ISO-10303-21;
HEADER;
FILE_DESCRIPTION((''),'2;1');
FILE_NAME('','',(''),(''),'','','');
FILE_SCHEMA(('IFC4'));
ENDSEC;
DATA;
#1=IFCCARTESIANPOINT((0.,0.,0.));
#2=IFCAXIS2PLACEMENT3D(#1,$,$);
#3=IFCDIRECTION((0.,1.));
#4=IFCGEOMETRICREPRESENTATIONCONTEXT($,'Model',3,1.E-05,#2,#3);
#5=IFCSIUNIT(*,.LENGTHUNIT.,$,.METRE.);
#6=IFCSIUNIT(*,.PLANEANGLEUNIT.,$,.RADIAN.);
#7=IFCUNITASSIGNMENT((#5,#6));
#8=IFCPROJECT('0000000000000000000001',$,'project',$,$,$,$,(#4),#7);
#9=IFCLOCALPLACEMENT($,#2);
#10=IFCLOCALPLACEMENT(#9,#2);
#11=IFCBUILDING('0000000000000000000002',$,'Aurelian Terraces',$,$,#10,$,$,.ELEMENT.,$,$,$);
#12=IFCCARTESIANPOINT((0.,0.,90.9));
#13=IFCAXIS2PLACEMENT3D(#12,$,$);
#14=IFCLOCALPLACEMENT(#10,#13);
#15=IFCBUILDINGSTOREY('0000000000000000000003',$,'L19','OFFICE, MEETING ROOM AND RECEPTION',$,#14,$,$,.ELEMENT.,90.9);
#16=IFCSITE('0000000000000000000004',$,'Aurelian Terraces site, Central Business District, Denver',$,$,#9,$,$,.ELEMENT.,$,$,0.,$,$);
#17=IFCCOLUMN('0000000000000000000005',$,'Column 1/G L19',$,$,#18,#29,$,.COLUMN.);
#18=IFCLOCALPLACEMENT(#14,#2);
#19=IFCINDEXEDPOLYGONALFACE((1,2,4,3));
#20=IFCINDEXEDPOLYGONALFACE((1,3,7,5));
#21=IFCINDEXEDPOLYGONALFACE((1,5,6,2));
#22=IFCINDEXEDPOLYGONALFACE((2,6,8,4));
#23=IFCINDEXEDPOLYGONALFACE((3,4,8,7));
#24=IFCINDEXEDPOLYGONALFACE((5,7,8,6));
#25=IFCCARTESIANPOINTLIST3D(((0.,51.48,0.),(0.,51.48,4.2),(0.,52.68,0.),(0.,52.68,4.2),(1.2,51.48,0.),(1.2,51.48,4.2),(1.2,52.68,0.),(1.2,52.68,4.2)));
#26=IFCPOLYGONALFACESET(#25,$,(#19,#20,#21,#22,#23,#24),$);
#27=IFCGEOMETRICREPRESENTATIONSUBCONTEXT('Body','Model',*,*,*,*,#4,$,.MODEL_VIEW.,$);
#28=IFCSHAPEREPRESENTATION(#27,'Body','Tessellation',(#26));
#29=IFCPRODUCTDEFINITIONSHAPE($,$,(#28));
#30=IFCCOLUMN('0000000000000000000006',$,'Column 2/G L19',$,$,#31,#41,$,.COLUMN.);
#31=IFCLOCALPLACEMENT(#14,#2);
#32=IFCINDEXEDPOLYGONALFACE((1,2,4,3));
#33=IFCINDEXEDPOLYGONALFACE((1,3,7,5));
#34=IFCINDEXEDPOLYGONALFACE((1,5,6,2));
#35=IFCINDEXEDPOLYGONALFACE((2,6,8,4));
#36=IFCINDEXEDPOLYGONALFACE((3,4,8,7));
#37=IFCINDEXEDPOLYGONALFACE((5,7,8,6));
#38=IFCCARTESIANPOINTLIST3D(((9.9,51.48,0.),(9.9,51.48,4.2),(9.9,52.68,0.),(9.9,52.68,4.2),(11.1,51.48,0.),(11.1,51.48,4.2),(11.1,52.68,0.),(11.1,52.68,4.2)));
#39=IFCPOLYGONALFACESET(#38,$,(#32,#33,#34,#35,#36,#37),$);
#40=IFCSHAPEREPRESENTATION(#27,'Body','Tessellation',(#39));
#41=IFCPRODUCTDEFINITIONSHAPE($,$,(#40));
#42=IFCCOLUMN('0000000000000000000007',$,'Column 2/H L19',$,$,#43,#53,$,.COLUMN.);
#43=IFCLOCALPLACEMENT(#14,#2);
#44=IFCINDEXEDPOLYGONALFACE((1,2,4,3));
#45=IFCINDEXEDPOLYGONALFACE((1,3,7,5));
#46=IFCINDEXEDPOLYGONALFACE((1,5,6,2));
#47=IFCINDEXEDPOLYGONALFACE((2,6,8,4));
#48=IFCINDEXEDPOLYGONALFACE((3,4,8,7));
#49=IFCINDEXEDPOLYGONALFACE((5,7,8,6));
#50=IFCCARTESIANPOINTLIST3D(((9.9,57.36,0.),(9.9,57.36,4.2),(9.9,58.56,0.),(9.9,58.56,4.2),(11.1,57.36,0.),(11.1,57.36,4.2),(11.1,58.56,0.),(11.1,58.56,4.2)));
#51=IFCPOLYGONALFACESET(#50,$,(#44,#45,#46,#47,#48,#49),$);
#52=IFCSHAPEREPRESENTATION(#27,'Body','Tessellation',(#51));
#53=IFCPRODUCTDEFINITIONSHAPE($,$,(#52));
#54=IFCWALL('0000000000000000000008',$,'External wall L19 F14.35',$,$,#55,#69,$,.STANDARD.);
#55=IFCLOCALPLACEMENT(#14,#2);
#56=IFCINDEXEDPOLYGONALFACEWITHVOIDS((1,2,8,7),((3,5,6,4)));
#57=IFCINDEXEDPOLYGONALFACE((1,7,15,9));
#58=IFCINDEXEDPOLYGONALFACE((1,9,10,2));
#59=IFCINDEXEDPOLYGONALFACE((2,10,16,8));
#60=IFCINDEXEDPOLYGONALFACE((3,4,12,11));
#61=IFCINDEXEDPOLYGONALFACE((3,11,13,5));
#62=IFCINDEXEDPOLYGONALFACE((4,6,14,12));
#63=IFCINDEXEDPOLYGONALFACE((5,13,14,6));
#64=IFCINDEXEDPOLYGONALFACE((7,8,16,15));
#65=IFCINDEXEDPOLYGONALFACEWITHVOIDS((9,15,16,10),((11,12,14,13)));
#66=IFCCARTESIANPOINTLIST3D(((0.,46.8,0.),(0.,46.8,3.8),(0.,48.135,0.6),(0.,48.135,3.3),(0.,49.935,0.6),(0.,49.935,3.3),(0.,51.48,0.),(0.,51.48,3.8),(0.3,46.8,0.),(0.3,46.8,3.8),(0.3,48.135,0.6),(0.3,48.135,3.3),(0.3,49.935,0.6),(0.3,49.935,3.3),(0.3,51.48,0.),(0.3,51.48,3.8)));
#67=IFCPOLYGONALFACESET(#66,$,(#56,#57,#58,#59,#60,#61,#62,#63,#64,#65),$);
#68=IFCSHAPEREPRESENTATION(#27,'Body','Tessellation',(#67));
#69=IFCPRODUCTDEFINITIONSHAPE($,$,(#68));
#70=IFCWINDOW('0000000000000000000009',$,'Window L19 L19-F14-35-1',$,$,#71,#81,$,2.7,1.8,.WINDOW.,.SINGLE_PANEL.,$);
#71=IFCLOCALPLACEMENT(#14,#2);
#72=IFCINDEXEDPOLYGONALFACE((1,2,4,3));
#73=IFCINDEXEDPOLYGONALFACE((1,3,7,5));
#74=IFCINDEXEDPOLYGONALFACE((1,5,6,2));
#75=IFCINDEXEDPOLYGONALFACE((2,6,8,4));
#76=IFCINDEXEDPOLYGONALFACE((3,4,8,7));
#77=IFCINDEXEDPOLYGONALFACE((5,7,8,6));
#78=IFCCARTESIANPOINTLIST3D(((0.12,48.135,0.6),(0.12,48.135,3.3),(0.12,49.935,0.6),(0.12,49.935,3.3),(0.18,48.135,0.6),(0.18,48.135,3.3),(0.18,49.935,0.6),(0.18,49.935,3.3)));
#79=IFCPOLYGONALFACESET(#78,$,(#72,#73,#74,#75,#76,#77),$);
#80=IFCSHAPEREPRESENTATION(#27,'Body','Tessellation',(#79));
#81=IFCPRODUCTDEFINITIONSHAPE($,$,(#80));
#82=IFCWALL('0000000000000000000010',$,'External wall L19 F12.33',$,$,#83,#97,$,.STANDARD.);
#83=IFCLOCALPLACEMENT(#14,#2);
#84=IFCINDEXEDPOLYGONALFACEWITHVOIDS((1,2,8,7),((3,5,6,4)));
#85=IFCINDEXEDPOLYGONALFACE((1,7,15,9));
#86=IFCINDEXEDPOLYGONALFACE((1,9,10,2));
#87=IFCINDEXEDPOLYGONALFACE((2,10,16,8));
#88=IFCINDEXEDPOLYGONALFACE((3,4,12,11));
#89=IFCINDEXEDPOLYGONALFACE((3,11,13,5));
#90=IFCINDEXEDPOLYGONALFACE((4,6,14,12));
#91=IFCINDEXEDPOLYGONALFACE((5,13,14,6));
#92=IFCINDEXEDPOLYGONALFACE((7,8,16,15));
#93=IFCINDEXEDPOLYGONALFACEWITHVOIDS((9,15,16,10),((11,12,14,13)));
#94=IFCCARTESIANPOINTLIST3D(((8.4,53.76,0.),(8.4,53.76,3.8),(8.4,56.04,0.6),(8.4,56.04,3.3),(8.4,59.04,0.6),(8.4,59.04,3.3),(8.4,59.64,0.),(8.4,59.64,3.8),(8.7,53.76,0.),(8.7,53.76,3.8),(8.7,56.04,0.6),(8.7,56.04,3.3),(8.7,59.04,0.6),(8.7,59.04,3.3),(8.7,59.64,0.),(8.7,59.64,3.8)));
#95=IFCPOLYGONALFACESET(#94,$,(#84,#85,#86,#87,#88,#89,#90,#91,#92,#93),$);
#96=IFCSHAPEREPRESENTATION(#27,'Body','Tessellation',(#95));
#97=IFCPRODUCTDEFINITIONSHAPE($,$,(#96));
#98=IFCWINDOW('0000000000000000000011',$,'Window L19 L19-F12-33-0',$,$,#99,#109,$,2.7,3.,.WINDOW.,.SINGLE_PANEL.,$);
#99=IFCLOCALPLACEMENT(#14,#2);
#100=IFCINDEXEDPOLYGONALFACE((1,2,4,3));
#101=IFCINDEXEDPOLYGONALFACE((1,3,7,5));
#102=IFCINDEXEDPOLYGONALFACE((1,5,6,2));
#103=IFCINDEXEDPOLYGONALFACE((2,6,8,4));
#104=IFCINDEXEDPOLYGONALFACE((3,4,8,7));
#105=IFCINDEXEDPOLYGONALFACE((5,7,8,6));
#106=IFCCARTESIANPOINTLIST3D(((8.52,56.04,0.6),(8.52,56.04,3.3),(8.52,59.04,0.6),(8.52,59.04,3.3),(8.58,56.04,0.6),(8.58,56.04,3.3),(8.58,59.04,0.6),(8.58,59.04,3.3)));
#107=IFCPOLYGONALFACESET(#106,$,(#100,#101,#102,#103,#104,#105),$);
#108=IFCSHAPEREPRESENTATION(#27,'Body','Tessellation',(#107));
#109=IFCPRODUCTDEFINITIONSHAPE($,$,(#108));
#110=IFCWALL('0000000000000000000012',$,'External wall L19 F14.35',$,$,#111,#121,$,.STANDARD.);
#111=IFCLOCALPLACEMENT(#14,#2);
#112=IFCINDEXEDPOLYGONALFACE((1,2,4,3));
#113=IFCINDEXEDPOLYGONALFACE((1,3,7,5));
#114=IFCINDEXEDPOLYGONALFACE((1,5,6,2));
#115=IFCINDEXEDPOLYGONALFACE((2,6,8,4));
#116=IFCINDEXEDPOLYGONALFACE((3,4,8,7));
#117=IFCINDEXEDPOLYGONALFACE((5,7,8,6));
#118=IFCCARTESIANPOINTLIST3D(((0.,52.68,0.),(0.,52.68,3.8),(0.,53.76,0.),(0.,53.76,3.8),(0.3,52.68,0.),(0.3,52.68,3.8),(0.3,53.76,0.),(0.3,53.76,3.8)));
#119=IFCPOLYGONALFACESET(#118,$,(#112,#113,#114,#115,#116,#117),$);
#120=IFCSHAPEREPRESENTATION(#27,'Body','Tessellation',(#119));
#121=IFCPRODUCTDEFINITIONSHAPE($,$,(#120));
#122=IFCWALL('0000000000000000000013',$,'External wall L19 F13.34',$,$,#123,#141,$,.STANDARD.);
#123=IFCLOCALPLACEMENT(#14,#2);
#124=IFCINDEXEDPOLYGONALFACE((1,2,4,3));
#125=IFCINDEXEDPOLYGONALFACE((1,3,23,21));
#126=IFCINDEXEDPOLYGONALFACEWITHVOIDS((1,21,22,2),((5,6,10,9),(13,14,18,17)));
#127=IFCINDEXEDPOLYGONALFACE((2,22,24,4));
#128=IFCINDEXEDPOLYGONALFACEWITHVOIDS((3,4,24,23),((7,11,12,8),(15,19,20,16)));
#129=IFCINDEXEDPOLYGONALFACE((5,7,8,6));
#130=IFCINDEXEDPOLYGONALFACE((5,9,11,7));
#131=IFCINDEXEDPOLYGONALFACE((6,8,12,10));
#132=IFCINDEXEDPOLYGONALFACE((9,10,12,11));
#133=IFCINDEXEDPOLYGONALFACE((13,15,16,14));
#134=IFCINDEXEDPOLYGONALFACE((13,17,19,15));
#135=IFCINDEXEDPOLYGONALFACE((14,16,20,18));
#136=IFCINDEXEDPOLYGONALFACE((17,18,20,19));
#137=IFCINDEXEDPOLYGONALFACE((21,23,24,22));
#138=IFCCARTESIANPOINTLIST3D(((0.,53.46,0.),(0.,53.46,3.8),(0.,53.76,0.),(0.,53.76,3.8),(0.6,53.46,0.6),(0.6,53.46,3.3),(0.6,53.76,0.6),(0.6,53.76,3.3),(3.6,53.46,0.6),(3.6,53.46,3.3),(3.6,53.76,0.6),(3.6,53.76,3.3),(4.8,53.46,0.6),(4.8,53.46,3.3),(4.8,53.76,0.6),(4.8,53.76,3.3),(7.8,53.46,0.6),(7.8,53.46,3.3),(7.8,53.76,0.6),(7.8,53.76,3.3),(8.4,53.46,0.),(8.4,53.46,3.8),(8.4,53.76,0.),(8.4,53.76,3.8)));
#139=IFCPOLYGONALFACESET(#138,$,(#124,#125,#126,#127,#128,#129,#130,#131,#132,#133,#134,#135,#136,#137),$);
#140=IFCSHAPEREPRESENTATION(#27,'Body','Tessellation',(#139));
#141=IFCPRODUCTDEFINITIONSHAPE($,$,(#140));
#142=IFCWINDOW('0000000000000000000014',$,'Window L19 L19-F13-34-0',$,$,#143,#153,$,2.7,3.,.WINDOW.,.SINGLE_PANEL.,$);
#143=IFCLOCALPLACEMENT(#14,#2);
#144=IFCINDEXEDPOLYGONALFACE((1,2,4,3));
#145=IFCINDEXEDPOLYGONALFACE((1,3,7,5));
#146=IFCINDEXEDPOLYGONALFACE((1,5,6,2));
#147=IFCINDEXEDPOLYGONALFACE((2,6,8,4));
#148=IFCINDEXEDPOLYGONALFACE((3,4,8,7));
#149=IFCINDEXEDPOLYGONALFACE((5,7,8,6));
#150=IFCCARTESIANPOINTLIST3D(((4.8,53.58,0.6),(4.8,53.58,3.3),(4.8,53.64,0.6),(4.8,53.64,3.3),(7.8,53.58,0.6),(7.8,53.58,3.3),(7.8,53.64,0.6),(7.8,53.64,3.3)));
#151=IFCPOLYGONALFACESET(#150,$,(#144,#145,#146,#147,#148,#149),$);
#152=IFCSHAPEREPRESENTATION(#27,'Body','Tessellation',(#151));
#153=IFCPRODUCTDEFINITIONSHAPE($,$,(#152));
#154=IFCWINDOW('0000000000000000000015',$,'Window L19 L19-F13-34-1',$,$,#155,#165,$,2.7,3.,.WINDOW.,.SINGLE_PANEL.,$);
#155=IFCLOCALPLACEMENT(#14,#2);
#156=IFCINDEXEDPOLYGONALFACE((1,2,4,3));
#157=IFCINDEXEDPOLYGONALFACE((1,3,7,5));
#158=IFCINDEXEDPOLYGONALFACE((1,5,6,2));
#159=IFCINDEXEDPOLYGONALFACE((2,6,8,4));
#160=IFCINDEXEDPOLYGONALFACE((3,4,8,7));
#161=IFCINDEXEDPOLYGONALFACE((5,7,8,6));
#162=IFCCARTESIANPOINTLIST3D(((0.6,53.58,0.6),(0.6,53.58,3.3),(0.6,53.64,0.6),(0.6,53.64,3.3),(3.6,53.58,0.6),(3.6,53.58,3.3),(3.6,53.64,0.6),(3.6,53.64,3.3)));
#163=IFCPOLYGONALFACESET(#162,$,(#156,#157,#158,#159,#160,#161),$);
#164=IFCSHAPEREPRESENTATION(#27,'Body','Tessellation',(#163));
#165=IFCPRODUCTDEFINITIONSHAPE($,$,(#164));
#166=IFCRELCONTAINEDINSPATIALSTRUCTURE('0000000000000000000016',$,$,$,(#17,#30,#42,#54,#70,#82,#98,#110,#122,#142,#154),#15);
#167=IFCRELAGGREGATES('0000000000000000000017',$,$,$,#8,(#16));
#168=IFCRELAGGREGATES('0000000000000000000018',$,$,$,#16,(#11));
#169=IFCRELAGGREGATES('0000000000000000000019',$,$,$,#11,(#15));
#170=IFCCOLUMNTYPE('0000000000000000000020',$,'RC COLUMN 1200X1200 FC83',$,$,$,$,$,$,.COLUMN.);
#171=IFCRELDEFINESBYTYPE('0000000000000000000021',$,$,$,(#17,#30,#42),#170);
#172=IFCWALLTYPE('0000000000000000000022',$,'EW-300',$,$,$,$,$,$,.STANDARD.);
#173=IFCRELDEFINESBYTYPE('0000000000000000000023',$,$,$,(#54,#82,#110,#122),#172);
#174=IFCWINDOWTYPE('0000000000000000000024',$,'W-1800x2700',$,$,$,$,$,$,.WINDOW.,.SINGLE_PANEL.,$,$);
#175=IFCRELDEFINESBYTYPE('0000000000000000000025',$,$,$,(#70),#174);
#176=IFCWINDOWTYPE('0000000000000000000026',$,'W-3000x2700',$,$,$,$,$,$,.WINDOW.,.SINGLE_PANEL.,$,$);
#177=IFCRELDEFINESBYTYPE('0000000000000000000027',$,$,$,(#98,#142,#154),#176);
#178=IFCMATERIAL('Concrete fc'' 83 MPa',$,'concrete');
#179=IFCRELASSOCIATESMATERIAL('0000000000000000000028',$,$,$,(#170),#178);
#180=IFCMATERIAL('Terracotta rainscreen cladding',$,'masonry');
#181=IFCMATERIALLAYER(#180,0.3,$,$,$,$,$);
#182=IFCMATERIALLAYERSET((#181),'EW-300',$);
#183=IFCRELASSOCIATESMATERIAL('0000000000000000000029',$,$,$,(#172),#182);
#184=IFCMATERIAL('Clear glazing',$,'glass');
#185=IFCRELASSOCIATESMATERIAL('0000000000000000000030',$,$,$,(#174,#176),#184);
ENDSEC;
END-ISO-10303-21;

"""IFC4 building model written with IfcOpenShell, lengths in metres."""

from ifc_helpers import new_model, si_unit, direction, frame, frame_2d, origin, origin_2d, place, context, subcontext, project, spatial, rectangle, extrude, source, transform, mapped, material, layer, layer_set, material_profile, profile_set, type_object, element, fill, save


model = new_model("IFC4")

# Units and contexts
model_context = context("Model", 3, precision=1e-05, world=origin(), true_north=direction((0.0, 1.0)))
body_context = subcontext(model_context, "Body", "Model", "MODEL_VIEW")
ifc_project = project(units=[si_unit("LENGTHUNIT", "METRE"), si_unit("PLANEANGLEUNIT", "RADIAN")], contexts=[model_context])

# Site, building, storey
site_placement = place(None, origin())
site = spatial("IfcSite", under=ifc_project, at=site_placement, Name="Aurelian Terraces site, Central Business District, Denver", CompositionType="ELEMENT", RefElevation=0.0)
building_placement = place(site_placement, origin())
building = spatial("IfcBuilding", under=site, at=building_placement, Name="Aurelian Terraces", CompositionType="ELEMENT")
storey_placement = place(building_placement, frame((0.0, 0.0, 90.9)))
storey = spatial("IfcBuildingStorey", under=building, at=storey_placement, Name="L19", Description="OFFICE, MEETING ROOM AND RECEPTION", CompositionType="ELEMENT", Elevation=90.9)

# Columns
ifc_material_1 = material(Name="Concrete fc' 83 MPa", Category="concrete")
ifc_material_profile = material_profile(ifc_material_1, rectangle(XDim=1.2, YDim=1.2, at=origin_2d()))
ifc_profile_set = profile_set([ifc_material_profile], Name="Concrete fc' 83 MPa")
column_type = type_object("IfcColumnType", Name="RC COLUMN 1200X1200 FC83", PredefinedType="COLUMN", material=ifc_profile_set)
shared_shape_1 = source(origin(), body_context, "Body", "SweptSolid", [
    extrude(rectangle(XDim=1.2, YDim=1.2, at=origin_2d()), origin(), (0.0, 0.0, 1.0), 4.2),
])
for number, where, z_axis, x_axis, name in (
    (1, (0.6, 52.08, 0.0), (0.0, 0.0, 1.0), (1.0, 0.0, 0.0), "Column 1/G L19"),
    (2, (10.5, 52.08, 0.0), (0.0, 0.0, 1.0), (1.0, 0.0, 0.0), "Column 2/G L19"),
    (3, (10.5, 57.96, 0.0), (0.0, 0.0, 1.0), (1.0, 0.0, 0.0), "Column 2/H L19"),
):
    element("IfcColumn", number, at=place(storey_placement, frame(where, z_axis=z_axis, x_axis=x_axis)), inside=storey, type_object=column_type, Name=name, PredefinedType="COLUMN", context=body_context, shape_type="MappedRepresentation", body=[
        mapped(shared_shape_1, transform((0.0, 0.0, 0.0), scale=1.0)),
    ])

# Walls, openings, windows
ifc_material_2 = material(Name="Terracotta rainscreen cladding", Category="masonry")
ifc_layer_1 = layer(ifc_material_2, 0.3)
ifc_layer_set_1 = layer_set([ifc_layer_1], Name="EW-300")
wall_type_1 = type_object("IfcWallType", Name="EW-300", PredefinedType="STANDARD", material=ifc_layer_set_1)
shared_shape_2 = source(origin(), body_context, "Body", "SweptSolid", [
    extrude(rectangle(XDim=4.68, YDim=0.3, at=frame_2d((2.34, 0.0))), origin(), (0.0, 0.0, 1.0), 3.8),
])
wall_1_placement = place(storey_placement, frame((0.15, 51.48, 0.0), z_axis=(0.0, 0.0, 1.0), x_axis=(0.0, -1.0, 0.0)))
wall_1 = element("IfcWall", 4, at=wall_1_placement, inside=storey, type_object=wall_type_1, Name="External wall L19 F14.35", PredefinedType="STANDARD", context=body_context, shape_type="MappedRepresentation", body=[
    mapped(shared_shape_2, transform((0.0, 0.0, 0.0), scale=1.0)),
])
shared_shape_3 = source(origin(), body_context, "Body", "SweptSolid", [
    extrude(rectangle(XDim=1.8, YDim=2.7, at=frame_2d((0.9, 1.35))), frame((0.0, 0.16, 0.0), z_axis=(0.0, -1.0, 0.0), x_axis=(1.0, 0.0, 0.0)), (0.0, 0.0, 1.0), 0.32),
])
opening_1_placement = place(wall_1_placement, frame((1.545, 0.0, 0.6)))
opening_1 = element("IfcOpeningElement", 5, at=opening_1_placement, cuts=wall_1, PredefinedType="OPENING", context=body_context, shape_type="MappedRepresentation", body=[
    mapped(shared_shape_3, transform((0.0, 0.0, 0.0), scale=1.0)),
])
ifc_material_3 = material(Name="Clear glazing", Category="glass")
window_type_1 = type_object("IfcWindowType", Name="W-1800x2700", PartitioningType="SINGLE_PANEL", PredefinedType="WINDOW", material=ifc_material_3)
shared_shape_4 = source(origin(), body_context, "Body", "SweptSolid", [
    extrude(rectangle(XDim=1.8, YDim=2.7, at=frame_2d((0.9, 1.35))), frame((0.0, 0.03, 0.0), z_axis=(0.0, -1.0, 0.0), x_axis=(1.0, 0.0, 0.0)), (0.0, 0.0, 1.0), 0.06),
])
window_1_placement = place(opening_1_placement, origin())
window_1 = element("IfcWindow", 6, at=window_1_placement, inside=storey, type_object=window_type_1, Name="Window L19 L19-F14-35-1", OverallHeight=2.7, OverallWidth=1.8, PartitioningType="SINGLE_PANEL", PredefinedType="WINDOW", context=body_context, shape_type="MappedRepresentation", body=[
    mapped(shared_shape_4, transform((0.0, 0.0, 0.0), scale=1.0)),
])
fill(opening_1, window_1)
shared_shape_5 = source(origin(), body_context, "Body", "SweptSolid", [
    extrude(rectangle(XDim=5.88, YDim=0.3, at=frame_2d((2.94, 0.0))), origin(), (0.0, 0.0, 1.0), 3.8),
])
wall_2_placement = place(storey_placement, frame((8.55, 59.64, 0.0), z_axis=(0.0, 0.0, 1.0), x_axis=(0.0, -1.0, 0.0)))
wall_2 = element("IfcWall", 7, at=wall_2_placement, inside=storey, type_object=wall_type_1, Name="External wall L19 F12.33", PredefinedType="STANDARD", context=body_context, shape_type="MappedRepresentation", body=[
    mapped(shared_shape_5, transform((0.0, 0.0, 0.0), scale=1.0)),
])
shared_shape_6 = source(origin(), body_context, "Body", "SweptSolid", [
    extrude(rectangle(XDim=3.0, YDim=2.7, at=frame_2d((1.5, 1.35))), frame((0.0, 0.16, 0.0), z_axis=(0.0, -1.0, 0.0), x_axis=(1.0, 0.0, 0.0)), (0.0, 0.0, 1.0), 0.32),
])
opening_2_placement = place(wall_2_placement, frame((0.6, 0.0, 0.6)))
opening_2 = element("IfcOpeningElement", 8, at=opening_2_placement, cuts=wall_2, PredefinedType="OPENING", context=body_context, shape_type="MappedRepresentation", body=[
    mapped(shared_shape_6, transform((0.0, 0.0, 0.0), scale=1.0)),
])
window_type_2 = type_object("IfcWindowType", Name="W-3000x2700", PartitioningType="SINGLE_PANEL", PredefinedType="WINDOW", material=ifc_material_3)
shared_shape_7 = source(origin(), body_context, "Body", "SweptSolid", [
    extrude(rectangle(XDim=3.0, YDim=2.7, at=frame_2d((1.5, 1.35))), frame((0.0, 0.03, 0.0), z_axis=(0.0, -1.0, 0.0), x_axis=(1.0, 0.0, 0.0)), (0.0, 0.0, 1.0), 0.06),
])
window_2_placement = place(opening_2_placement, origin())
window_2 = element("IfcWindow", 9, at=window_2_placement, inside=storey, type_object=window_type_2, Name="Window L19 L19-F12-33-0", OverallHeight=2.7, OverallWidth=3.0, PartitioningType="SINGLE_PANEL", PredefinedType="WINDOW", context=body_context, shape_type="MappedRepresentation", body=[
    mapped(shared_shape_7, transform((0.0, 0.0, 0.0), scale=1.0)),
])
fill(opening_2, window_2)

# Wall
shared_shape_8 = source(origin(), body_context, "Body", "SweptSolid", [
    extrude(rectangle(XDim=1.08, YDim=0.3, at=frame_2d((0.54, 0.0))), origin(), (0.0, 0.0, 1.0), 3.8),
])
wall_3_placement = place(storey_placement, frame((0.15, 53.76, 0.0), z_axis=(0.0, 0.0, 1.0), x_axis=(0.0, -1.0, 0.0)))
element("IfcWall", 10, at=wall_3_placement, inside=storey, type_object=wall_type_1, Name="External wall L19 F14.35", PredefinedType="STANDARD", context=body_context, shape_type="MappedRepresentation", body=[
    mapped(shared_shape_8, transform((0.0, 0.0, 0.0), scale=1.0)),
])

# Wall, openings, windows
shared_shape_9 = source(origin(), body_context, "Body", "SweptSolid", [
    extrude(rectangle(XDim=8.4, YDim=0.3, at=frame_2d((4.2, 0.0))), origin(), (0.0, 0.0, 1.0), 3.8),
])
wall_4_placement = place(storey_placement, frame((8.4, 53.61, 0.0), z_axis=(0.0, 0.0, 1.0), x_axis=(-1.0, 0.0, 0.0)))
wall_4 = element("IfcWall", 11, at=wall_4_placement, inside=storey, type_object=wall_type_1, Name="External wall L19 F13.34", PredefinedType="STANDARD", context=body_context, shape_type="MappedRepresentation", body=[
    mapped(shared_shape_9, transform((0.0, 0.0, 0.0), scale=1.0)),
])
opening_3_placement = place(wall_4_placement, frame((0.6, 0.0, 0.6)))
opening_3 = element("IfcOpeningElement", 12, at=opening_3_placement, cuts=wall_4, PredefinedType="OPENING", context=body_context, shape_type="MappedRepresentation", body=[
    mapped(shared_shape_6, transform((0.0, 0.0, 0.0), scale=1.0)),
])
opening_4_placement = place(wall_4_placement, frame((4.8, 0.0, 0.6)))
opening_4 = element("IfcOpeningElement", 13, at=opening_4_placement, cuts=wall_4, PredefinedType="OPENING", context=body_context, shape_type="MappedRepresentation", body=[
    mapped(shared_shape_6, transform((0.0, 0.0, 0.0), scale=1.0)),
])
window_3_placement = place(opening_3_placement, origin())
window_3 = element("IfcWindow", 14, at=window_3_placement, inside=storey, type_object=window_type_2, Name="Window L19 L19-F13-34-0", OverallHeight=2.7, OverallWidth=3.0, PartitioningType="SINGLE_PANEL", PredefinedType="WINDOW", context=body_context, shape_type="MappedRepresentation", body=[
    mapped(shared_shape_7, transform((0.0, 0.0, 0.0), scale=1.0)),
])
fill(opening_3, window_3)
window_4_placement = place(opening_4_placement, origin())
window_4 = element("IfcWindow", 15, at=window_4_placement, inside=storey, type_object=window_type_2, Name="Window L19 L19-F13-34-1", OverallHeight=2.7, OverallWidth=3.0, PartitioningType="SINGLE_PANEL", PredefinedType="WINDOW", context=body_context, shape_type="MappedRepresentation", body=[
    mapped(shared_shape_7, transform((0.0, 0.0, 0.0), scale=1.0)),
])
fill(opening_4, window_4)

save(model, "model.ifc")
